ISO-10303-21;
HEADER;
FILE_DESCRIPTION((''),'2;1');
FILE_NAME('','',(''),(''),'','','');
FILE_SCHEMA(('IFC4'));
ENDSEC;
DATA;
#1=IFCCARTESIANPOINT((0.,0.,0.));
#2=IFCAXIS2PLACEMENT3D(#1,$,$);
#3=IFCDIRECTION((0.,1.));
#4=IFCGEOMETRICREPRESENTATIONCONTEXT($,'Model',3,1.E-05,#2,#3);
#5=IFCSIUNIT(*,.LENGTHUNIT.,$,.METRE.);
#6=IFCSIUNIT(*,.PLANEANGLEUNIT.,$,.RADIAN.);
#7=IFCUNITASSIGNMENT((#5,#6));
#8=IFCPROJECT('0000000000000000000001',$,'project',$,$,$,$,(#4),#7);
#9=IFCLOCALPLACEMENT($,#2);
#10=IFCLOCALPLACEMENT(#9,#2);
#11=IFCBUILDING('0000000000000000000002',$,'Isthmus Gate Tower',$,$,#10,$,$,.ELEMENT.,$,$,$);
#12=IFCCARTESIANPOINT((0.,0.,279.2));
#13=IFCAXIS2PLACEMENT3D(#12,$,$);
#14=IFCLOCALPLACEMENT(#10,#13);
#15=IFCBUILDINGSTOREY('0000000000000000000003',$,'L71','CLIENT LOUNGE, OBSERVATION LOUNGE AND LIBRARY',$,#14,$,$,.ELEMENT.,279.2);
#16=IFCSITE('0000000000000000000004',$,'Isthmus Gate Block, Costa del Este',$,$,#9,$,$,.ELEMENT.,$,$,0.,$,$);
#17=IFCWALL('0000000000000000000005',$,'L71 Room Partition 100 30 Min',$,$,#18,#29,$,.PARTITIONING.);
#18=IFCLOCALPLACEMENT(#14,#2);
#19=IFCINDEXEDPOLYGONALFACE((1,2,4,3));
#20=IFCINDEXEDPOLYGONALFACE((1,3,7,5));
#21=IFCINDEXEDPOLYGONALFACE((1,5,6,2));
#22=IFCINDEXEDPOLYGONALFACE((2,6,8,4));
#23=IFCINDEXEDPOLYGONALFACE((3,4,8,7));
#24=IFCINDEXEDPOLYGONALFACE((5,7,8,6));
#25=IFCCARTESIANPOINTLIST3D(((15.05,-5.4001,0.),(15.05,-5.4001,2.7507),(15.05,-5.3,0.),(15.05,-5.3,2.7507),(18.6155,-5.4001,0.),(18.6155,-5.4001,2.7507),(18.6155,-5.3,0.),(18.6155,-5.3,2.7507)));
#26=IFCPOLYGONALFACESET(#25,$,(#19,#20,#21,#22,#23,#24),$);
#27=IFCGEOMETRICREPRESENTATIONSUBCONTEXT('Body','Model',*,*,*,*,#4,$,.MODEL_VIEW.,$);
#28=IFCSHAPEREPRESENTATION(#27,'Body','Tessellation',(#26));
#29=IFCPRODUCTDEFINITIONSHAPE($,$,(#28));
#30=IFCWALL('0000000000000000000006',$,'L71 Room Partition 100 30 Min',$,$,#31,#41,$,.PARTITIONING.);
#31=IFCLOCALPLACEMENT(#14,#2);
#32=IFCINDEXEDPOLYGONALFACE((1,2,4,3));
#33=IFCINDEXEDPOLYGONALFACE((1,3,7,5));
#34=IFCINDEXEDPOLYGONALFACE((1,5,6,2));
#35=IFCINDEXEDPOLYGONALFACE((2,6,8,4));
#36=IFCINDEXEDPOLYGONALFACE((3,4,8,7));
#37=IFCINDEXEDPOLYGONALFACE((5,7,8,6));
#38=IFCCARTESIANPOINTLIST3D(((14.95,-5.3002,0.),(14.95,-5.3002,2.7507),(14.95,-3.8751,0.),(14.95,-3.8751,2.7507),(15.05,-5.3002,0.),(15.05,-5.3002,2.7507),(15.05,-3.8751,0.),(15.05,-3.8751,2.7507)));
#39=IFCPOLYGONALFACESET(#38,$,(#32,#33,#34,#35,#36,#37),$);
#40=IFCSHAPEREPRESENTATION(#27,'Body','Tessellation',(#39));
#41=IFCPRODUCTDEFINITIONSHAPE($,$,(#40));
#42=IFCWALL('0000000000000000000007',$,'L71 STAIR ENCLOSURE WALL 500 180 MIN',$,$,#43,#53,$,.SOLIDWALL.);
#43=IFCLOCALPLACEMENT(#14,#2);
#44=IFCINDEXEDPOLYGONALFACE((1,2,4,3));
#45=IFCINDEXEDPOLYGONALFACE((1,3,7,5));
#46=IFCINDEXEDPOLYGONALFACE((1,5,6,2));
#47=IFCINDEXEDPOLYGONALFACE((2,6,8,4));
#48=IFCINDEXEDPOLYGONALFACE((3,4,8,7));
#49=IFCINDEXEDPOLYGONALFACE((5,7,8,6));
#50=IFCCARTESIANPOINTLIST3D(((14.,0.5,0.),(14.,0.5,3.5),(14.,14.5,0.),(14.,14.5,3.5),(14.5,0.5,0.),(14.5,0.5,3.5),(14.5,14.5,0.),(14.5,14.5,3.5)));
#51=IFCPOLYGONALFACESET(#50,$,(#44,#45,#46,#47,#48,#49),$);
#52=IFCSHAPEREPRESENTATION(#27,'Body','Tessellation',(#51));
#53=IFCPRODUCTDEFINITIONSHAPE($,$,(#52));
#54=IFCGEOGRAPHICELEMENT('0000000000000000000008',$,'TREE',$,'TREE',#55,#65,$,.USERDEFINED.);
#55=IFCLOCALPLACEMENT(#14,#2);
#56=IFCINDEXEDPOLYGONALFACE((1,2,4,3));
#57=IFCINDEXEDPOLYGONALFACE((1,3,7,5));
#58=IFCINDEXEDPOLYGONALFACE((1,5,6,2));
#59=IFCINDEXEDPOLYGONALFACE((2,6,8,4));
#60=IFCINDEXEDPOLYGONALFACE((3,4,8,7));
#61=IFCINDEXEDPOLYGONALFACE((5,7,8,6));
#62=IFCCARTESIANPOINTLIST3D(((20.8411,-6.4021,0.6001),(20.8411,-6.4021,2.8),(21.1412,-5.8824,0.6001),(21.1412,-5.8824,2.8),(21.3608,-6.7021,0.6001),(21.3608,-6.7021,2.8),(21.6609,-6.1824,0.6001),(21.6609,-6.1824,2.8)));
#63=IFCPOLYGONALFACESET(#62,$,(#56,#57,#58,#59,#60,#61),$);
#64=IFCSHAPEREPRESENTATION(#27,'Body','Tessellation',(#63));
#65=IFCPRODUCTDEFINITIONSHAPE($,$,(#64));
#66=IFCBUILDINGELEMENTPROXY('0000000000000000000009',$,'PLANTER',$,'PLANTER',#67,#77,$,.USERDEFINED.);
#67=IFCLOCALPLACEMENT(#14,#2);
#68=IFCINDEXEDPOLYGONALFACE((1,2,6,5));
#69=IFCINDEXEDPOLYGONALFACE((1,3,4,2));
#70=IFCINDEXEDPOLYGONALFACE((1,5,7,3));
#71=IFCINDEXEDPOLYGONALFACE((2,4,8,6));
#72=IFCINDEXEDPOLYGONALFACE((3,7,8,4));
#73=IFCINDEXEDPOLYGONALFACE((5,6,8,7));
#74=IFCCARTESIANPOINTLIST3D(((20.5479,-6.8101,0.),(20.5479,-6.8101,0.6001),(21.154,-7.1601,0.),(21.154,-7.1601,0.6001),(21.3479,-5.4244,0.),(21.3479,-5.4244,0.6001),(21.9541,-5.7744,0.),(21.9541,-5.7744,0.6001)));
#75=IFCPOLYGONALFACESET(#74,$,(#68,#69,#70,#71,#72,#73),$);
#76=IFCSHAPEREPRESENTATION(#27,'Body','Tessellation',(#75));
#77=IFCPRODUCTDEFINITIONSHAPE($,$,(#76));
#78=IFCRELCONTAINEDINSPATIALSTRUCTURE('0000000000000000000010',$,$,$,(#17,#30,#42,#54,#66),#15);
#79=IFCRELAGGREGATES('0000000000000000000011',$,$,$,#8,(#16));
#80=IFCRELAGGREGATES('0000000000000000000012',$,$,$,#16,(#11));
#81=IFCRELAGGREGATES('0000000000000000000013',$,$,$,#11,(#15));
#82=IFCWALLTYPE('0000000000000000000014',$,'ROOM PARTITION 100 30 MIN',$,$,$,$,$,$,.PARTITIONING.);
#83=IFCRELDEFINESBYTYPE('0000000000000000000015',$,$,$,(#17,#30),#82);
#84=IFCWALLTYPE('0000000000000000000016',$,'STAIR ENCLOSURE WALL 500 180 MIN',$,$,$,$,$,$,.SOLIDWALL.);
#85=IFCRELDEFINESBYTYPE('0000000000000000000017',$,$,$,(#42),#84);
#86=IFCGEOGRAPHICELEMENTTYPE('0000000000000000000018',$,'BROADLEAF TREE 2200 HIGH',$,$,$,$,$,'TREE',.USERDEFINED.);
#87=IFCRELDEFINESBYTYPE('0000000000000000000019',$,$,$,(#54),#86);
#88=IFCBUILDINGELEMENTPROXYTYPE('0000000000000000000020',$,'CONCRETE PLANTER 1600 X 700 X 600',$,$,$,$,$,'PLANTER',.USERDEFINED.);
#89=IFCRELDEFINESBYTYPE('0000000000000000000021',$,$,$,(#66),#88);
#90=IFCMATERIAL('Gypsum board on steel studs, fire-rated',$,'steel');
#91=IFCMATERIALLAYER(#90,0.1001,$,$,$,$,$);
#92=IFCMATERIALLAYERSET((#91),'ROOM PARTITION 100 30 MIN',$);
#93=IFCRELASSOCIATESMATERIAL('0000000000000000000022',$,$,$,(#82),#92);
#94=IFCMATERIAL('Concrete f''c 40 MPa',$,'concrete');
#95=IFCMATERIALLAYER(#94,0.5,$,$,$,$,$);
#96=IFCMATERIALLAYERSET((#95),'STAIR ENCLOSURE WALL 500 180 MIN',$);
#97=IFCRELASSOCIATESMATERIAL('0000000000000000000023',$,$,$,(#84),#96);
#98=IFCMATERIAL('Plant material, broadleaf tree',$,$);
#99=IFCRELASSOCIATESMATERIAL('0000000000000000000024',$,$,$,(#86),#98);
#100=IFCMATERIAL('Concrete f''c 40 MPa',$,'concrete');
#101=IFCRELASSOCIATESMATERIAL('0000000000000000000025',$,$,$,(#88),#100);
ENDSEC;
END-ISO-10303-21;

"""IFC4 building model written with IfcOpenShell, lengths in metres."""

from ifc_helpers import new_model, si_unit, direction, frame, frame_2d, origin, origin_2d, place, context, subcontext, project, spatial, rectangle, extrude, material, layer, layer_set, type_object, element, save


model = new_model("IFC4")

# Units and contexts
model_context = context("Model", 3, precision=1e-05, world=origin(), true_north=direction((0.0, 1.0)))
body_context = subcontext(model_context, "Body", "Model", "MODEL_VIEW")
ifc_project = project(units=[si_unit("LENGTHUNIT", "METRE"), si_unit("PLANEANGLEUNIT", "RADIAN")], contexts=[model_context])

# Site, building, storey
site_placement = place(None, origin())
site = spatial("IfcSite", under=ifc_project, at=site_placement, Name="Isthmus Gate Block, Costa del Este", CompositionType="ELEMENT", RefElevation=0.0)
building_placement = place(site_placement, origin())
building = spatial("IfcBuilding", under=site, at=building_placement, Name="Isthmus Gate Tower", CompositionType="ELEMENT")
storey_placement = place(building_placement, frame((0.0, 0.0, 279.2)))
storey = spatial("IfcBuildingStorey", under=building, at=storey_placement, Name="L71", Description="CLIENT LOUNGE, OBSERVATION LOUNGE AND LIBRARY", CompositionType="ELEMENT", Elevation=279.2)

# Walls
ifc_material_1 = material(Name="Gypsum board on steel studs, fire-rated", Category="steel")
ifc_layer_1 = layer(ifc_material_1, 0.1001)
ifc_layer_set_1 = layer_set([ifc_layer_1], Name="ROOM PARTITION 100 30 MIN")
wall_type_1 = type_object("IfcWallType", Name="ROOM PARTITION 100 30 MIN", PredefinedType="PARTITIONING", material=ifc_layer_set_1)
wall_1_placement = place(storey_placement, frame((15.05, -5.3501, 0.0), z_axis=(0.0, 0.0, 1.0), x_axis=(1.0, 0.0, 0.0)))
element("IfcWall", 1, at=wall_1_placement, inside=storey, type_object=wall_type_1, Name="L71 Room Partition 100 30 Min", PredefinedType="PARTITIONING", context=body_context, shape_type="SweptSolid", body=[
    extrude(rectangle(XDim=3.5654, YDim=0.1001, at=frame_2d((1.7827, 0.0))), origin(), (0.0, 0.0, 1.0), 2.7507),
])
wall_2_placement = place(storey_placement, frame((15.0, -5.3, 0.0), z_axis=(0.0, 0.0, 1.0), x_axis=(0.0, 1.0, 0.0)))
element("IfcWall", 2, at=wall_2_placement, inside=storey, type_object=wall_type_1, Name="L71 Room Partition 100 30 Min", PredefinedType="PARTITIONING", context=body_context, shape_type="SweptSolid", body=[
    extrude(rectangle(XDim=1.425, YDim=0.1001, at=frame_2d((0.7124, 0.0))), origin(), (0.0, 0.0, 1.0), 2.7507),
])
ifc_material_2 = material(Name="Concrete f'c 40 MPa", Category="concrete")
ifc_layer_2 = layer(ifc_material_2, 0.5)
ifc_layer_set_2 = layer_set([ifc_layer_2], Name="STAIR ENCLOSURE WALL 500 180 MIN")
wall_type_2 = type_object("IfcWallType", Name="STAIR ENCLOSURE WALL 500 180 MIN", PredefinedType="SOLIDWALL", material=ifc_layer_set_2)
wall_3_placement = place(storey_placement, frame((14.25, 0.5, 0.0), z_axis=(0.0, 0.0, 1.0), x_axis=(0.0, 1.0, 0.0)))
element("IfcWall", 3, at=wall_3_placement, inside=storey, type_object=wall_type_2, Name="L71 STAIR ENCLOSURE WALL 500 180 MIN", PredefinedType="SOLIDWALL", context=body_context, shape_type="SweptSolid", body=[
    extrude(rectangle(XDim=14.0, YDim=0.5, at=frame_2d((7.0, 0.0))), origin(), (0.0, 0.0, 1.0), 3.5),
])

# Geographic element
ifc_material_3 = material(Name="Plant material, broadleaf tree")
geographic_element_type = type_object("IfcGeographicElementType", Name="BROADLEAF TREE 2200 HIGH", ElementType="TREE", PredefinedType="USERDEFINED", material=ifc_material_3)
geographic_element_placement = place(storey_placement, frame((21.251, -6.2922, 0.6001), z_axis=(0.0, 0.0, 1.0), x_axis=(0.5, 0.866025, 0.0)))
element("IfcGeographicElement", 4, at=geographic_element_placement, inside=storey, type_object=geographic_element_type, Name="TREE", ObjectType="TREE", PredefinedType="USERDEFINED", context=body_context, shape_type="SweptSolid", body=[
    extrude(rectangle(XDim=0.6001, YDim=0.6001, at=origin_2d()), origin(), (0.0, 0.0, 1.0), 2.2),
])

# Building element proxy
ifc_material_4 = material(Name="Concrete f'c 40 MPa", Category="concrete")
building_element_proxy_type = type_object("IfcBuildingElementProxyType", Name="CONCRETE PLANTER 1600 X 700 X 600", ElementType="PLANTER", PredefinedType="USERDEFINED", material=ifc_material_4)
proxy_placement = place(storey_placement, frame((21.251, -6.2922, 0.0), z_axis=(0.0, 0.0, 1.0), x_axis=(0.5, 0.866025, 0.0)))
element("IfcBuildingElementProxy", 5, at=proxy_placement, inside=storey, type_object=building_element_proxy_type, Name="PLANTER", ObjectType="PLANTER", PredefinedType="USERDEFINED", context=body_context, shape_type="SweptSolid", body=[
    extrude(rectangle(XDim=1.6001, YDim=0.7, at=origin_2d()), origin(), (0.0, 0.0, 1.0), 0.6001),
])

save(model, "model.ifc")
